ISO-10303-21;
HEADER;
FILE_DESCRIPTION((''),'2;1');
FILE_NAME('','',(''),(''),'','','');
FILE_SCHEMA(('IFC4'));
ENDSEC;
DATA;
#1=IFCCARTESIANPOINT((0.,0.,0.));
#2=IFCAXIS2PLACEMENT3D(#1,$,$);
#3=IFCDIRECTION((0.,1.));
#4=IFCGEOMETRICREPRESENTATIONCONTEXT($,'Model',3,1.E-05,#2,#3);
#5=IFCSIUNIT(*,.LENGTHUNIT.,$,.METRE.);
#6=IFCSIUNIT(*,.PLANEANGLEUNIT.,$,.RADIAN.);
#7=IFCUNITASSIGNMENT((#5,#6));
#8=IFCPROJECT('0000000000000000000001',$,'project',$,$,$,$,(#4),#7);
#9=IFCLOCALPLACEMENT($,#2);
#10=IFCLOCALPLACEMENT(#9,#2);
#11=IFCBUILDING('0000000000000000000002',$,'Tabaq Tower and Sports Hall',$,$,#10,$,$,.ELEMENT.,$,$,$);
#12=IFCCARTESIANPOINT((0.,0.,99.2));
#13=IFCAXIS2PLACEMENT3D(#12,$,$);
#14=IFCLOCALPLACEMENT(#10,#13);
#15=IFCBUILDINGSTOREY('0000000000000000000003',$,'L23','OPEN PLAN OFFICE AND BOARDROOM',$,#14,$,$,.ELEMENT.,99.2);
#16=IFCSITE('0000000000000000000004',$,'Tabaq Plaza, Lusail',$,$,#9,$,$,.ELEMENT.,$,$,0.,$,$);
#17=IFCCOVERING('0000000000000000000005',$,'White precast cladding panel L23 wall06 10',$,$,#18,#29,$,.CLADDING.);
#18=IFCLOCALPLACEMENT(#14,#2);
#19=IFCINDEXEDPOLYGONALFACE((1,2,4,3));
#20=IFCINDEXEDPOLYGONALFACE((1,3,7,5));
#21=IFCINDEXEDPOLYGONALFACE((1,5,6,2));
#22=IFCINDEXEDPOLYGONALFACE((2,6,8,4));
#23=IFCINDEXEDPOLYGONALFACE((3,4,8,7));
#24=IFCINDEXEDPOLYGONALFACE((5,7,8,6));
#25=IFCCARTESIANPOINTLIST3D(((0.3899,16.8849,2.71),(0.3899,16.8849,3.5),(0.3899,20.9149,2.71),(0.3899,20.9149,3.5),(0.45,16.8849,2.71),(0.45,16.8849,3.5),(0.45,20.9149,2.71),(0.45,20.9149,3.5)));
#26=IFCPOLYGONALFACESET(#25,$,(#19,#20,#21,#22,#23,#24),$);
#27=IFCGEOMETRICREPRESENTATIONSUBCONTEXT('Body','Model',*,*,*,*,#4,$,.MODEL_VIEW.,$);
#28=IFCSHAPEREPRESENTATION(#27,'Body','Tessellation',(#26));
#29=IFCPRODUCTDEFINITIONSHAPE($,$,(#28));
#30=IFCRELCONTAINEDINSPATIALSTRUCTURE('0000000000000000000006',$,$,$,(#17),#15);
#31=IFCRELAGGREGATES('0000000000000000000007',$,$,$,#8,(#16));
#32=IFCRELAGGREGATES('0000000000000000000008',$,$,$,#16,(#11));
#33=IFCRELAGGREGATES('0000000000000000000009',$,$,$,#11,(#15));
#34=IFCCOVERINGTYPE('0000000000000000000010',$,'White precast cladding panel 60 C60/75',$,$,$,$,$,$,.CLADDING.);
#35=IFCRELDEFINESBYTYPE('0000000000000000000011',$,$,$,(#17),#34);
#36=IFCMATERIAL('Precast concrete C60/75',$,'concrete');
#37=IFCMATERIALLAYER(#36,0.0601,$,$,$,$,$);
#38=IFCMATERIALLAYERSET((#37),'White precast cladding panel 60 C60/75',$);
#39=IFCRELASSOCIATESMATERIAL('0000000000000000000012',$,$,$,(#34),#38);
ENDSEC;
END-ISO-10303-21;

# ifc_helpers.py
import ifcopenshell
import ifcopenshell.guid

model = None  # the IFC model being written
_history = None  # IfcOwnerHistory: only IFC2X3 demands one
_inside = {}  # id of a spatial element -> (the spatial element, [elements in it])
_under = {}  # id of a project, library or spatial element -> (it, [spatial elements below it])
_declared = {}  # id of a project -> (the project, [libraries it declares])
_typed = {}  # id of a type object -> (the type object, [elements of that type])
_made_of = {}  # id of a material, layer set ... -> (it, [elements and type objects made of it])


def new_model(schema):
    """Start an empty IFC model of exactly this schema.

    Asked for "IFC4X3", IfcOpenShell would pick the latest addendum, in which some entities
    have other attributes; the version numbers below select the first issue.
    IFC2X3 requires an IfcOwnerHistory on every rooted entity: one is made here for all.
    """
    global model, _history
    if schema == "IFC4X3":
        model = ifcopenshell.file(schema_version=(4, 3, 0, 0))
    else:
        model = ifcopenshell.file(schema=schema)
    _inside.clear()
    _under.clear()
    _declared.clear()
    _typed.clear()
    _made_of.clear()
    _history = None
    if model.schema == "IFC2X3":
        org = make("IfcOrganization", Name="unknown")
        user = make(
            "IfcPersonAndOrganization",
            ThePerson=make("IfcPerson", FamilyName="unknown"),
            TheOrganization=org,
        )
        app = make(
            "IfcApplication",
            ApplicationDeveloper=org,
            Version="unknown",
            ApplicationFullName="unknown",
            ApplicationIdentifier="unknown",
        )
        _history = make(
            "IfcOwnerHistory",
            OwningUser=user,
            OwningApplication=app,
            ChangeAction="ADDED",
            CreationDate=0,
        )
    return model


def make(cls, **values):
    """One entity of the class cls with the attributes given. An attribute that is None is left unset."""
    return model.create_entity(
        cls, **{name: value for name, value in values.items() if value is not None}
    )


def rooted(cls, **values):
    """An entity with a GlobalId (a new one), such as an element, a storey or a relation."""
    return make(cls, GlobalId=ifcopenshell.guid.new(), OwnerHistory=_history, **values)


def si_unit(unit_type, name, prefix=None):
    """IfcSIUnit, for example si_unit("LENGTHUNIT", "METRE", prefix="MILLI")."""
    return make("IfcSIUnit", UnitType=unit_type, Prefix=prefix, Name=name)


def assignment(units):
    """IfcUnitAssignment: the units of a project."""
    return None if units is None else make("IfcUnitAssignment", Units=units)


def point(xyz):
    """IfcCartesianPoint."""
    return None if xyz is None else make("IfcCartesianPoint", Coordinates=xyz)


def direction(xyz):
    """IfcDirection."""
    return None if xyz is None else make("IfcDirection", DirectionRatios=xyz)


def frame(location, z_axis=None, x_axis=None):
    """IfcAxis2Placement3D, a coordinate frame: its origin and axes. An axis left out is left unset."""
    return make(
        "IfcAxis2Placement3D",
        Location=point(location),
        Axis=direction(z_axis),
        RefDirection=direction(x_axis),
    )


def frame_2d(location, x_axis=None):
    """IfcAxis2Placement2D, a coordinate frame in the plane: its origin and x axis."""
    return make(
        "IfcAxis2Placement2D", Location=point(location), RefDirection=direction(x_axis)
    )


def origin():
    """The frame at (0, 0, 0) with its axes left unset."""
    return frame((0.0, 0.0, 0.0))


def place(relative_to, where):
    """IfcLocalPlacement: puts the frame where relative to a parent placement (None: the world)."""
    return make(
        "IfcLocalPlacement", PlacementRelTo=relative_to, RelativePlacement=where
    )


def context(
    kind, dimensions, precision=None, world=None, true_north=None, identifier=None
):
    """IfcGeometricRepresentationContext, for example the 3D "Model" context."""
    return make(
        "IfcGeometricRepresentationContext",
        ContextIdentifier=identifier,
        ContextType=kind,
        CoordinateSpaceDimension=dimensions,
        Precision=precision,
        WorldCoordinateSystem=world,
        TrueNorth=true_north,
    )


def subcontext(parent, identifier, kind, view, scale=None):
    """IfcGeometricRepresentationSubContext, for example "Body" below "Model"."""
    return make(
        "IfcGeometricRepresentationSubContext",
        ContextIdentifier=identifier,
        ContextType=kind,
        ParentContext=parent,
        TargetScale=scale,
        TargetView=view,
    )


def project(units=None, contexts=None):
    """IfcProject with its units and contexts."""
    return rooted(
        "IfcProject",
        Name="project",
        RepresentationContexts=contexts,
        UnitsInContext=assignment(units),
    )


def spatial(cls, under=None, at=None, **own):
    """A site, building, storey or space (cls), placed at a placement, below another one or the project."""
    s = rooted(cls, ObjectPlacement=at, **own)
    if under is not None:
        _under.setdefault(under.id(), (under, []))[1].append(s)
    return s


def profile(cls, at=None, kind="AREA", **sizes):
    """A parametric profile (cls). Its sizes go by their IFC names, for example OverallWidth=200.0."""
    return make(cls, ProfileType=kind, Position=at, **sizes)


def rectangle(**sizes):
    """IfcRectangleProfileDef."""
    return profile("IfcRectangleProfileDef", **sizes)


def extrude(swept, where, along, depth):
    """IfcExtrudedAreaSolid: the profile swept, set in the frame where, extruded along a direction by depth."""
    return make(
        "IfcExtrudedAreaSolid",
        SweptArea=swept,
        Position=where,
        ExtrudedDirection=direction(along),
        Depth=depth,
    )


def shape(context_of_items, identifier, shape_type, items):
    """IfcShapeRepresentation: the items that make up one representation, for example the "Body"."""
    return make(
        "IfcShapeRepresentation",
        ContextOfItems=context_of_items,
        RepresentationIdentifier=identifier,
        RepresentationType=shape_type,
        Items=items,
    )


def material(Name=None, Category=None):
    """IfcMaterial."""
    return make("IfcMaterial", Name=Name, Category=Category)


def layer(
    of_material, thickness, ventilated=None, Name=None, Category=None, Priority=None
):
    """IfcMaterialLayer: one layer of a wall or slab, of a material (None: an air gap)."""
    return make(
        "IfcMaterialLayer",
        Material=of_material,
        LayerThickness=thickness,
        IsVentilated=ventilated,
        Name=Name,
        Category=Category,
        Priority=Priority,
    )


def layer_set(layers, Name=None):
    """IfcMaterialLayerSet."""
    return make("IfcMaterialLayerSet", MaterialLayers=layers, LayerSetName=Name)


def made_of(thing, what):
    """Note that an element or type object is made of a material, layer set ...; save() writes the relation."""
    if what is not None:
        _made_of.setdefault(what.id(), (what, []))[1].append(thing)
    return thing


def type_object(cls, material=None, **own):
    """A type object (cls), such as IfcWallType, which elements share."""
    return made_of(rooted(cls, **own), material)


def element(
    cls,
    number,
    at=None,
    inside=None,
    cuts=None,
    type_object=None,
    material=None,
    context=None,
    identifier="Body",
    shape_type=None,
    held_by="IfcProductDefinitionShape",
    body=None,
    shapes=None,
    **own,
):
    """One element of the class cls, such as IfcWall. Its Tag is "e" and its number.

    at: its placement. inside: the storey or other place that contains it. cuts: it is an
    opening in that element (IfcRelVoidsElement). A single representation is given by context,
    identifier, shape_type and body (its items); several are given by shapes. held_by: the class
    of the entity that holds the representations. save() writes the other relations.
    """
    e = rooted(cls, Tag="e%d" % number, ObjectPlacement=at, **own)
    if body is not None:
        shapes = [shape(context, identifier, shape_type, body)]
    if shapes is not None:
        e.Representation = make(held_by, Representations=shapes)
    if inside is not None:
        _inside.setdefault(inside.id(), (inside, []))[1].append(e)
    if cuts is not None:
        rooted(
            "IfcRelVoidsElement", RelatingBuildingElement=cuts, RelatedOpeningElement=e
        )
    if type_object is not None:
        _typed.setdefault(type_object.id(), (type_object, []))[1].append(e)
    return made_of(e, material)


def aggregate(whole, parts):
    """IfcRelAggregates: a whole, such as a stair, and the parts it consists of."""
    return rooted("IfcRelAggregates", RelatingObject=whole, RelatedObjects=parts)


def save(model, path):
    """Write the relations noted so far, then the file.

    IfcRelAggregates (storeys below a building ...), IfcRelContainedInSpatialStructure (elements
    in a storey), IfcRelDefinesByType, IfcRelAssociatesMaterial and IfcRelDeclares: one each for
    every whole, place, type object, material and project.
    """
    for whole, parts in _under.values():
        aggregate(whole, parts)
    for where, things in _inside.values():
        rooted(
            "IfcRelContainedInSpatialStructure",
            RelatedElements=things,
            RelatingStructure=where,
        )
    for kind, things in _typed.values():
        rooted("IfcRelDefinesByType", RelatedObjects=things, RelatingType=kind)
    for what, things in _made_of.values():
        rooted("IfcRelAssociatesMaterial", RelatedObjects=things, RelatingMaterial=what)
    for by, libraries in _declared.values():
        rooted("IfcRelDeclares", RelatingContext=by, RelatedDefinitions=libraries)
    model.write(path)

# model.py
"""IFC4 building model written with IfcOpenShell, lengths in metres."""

from ifc_helpers import new_model, si_unit, direction, frame, frame_2d, origin, place, context, subcontext, project, spatial, rectangle, extrude, material, layer, layer_set, type_object, element, save


model = new_model("IFC4")

# Units and contexts
model_context = context("Model", 3, precision=1e-05, world=origin(), true_north=direction((0.0, 1.0)))
body_context = subcontext(model_context, "Body", "Model", "MODEL_VIEW")
ifc_project = project(units=[si_unit("LENGTHUNIT", "METRE"), si_unit("PLANEANGLEUNIT", "RADIAN")], contexts=[model_context])

# Site, building, storey
site_placement = place(None, origin())
site = spatial("IfcSite", under=ifc_project, at=site_placement, Name="Tabaq Plaza, Lusail", CompositionType="ELEMENT", RefElevation=0.0)
building_placement = place(site_placement, origin())
building = spatial("IfcBuilding", under=site, at=building_placement, Name="Tabaq Tower and Sports Hall", CompositionType="ELEMENT")
storey_placement = place(building_placement, frame((0.0, 0.0, 99.2)))
storey = spatial("IfcBuildingStorey", under=building, at=storey_placement, Name="L23", Description="OPEN PLAN OFFICE AND BOARDROOM", CompositionType="ELEMENT", Elevation=99.2)

# Covering
ifc_material_1 = material(Name="Precast concrete C60/75", Category="concrete")
ifc_layer_1 = layer(ifc_material_1, 0.0601)
ifc_layer_set_1 = layer_set([ifc_layer_1], Name="White precast cladding panel 60 C60/75")
covering_type_1 = type_object("IfcCoveringType", Name="White precast cladding panel 60 C60/75", PredefinedType="CLADDING", material=ifc_layer_set_1)
covering_1_placement = place(storey_placement, frame((0.4199, 20.915, 2.71), z_axis=(0.0, 0.0, 1.0), x_axis=(0.0, -1.0, 0.0)))
element("IfcCovering", 1, at=covering_1_placement, inside=storey, type_object=covering_type_1, Name="White precast cladding panel L23 wall06 10", PredefinedType="CLADDING", context=body_context, shape_type="SweptSolid", body=[
    extrude(rectangle(XDim=4.03, YDim=0.0601, at=frame_2d((2.0151, 0.0))), origin(), (0.0, 0.0, 1.0), 0.79),
])

save(model, "model.ifc")
